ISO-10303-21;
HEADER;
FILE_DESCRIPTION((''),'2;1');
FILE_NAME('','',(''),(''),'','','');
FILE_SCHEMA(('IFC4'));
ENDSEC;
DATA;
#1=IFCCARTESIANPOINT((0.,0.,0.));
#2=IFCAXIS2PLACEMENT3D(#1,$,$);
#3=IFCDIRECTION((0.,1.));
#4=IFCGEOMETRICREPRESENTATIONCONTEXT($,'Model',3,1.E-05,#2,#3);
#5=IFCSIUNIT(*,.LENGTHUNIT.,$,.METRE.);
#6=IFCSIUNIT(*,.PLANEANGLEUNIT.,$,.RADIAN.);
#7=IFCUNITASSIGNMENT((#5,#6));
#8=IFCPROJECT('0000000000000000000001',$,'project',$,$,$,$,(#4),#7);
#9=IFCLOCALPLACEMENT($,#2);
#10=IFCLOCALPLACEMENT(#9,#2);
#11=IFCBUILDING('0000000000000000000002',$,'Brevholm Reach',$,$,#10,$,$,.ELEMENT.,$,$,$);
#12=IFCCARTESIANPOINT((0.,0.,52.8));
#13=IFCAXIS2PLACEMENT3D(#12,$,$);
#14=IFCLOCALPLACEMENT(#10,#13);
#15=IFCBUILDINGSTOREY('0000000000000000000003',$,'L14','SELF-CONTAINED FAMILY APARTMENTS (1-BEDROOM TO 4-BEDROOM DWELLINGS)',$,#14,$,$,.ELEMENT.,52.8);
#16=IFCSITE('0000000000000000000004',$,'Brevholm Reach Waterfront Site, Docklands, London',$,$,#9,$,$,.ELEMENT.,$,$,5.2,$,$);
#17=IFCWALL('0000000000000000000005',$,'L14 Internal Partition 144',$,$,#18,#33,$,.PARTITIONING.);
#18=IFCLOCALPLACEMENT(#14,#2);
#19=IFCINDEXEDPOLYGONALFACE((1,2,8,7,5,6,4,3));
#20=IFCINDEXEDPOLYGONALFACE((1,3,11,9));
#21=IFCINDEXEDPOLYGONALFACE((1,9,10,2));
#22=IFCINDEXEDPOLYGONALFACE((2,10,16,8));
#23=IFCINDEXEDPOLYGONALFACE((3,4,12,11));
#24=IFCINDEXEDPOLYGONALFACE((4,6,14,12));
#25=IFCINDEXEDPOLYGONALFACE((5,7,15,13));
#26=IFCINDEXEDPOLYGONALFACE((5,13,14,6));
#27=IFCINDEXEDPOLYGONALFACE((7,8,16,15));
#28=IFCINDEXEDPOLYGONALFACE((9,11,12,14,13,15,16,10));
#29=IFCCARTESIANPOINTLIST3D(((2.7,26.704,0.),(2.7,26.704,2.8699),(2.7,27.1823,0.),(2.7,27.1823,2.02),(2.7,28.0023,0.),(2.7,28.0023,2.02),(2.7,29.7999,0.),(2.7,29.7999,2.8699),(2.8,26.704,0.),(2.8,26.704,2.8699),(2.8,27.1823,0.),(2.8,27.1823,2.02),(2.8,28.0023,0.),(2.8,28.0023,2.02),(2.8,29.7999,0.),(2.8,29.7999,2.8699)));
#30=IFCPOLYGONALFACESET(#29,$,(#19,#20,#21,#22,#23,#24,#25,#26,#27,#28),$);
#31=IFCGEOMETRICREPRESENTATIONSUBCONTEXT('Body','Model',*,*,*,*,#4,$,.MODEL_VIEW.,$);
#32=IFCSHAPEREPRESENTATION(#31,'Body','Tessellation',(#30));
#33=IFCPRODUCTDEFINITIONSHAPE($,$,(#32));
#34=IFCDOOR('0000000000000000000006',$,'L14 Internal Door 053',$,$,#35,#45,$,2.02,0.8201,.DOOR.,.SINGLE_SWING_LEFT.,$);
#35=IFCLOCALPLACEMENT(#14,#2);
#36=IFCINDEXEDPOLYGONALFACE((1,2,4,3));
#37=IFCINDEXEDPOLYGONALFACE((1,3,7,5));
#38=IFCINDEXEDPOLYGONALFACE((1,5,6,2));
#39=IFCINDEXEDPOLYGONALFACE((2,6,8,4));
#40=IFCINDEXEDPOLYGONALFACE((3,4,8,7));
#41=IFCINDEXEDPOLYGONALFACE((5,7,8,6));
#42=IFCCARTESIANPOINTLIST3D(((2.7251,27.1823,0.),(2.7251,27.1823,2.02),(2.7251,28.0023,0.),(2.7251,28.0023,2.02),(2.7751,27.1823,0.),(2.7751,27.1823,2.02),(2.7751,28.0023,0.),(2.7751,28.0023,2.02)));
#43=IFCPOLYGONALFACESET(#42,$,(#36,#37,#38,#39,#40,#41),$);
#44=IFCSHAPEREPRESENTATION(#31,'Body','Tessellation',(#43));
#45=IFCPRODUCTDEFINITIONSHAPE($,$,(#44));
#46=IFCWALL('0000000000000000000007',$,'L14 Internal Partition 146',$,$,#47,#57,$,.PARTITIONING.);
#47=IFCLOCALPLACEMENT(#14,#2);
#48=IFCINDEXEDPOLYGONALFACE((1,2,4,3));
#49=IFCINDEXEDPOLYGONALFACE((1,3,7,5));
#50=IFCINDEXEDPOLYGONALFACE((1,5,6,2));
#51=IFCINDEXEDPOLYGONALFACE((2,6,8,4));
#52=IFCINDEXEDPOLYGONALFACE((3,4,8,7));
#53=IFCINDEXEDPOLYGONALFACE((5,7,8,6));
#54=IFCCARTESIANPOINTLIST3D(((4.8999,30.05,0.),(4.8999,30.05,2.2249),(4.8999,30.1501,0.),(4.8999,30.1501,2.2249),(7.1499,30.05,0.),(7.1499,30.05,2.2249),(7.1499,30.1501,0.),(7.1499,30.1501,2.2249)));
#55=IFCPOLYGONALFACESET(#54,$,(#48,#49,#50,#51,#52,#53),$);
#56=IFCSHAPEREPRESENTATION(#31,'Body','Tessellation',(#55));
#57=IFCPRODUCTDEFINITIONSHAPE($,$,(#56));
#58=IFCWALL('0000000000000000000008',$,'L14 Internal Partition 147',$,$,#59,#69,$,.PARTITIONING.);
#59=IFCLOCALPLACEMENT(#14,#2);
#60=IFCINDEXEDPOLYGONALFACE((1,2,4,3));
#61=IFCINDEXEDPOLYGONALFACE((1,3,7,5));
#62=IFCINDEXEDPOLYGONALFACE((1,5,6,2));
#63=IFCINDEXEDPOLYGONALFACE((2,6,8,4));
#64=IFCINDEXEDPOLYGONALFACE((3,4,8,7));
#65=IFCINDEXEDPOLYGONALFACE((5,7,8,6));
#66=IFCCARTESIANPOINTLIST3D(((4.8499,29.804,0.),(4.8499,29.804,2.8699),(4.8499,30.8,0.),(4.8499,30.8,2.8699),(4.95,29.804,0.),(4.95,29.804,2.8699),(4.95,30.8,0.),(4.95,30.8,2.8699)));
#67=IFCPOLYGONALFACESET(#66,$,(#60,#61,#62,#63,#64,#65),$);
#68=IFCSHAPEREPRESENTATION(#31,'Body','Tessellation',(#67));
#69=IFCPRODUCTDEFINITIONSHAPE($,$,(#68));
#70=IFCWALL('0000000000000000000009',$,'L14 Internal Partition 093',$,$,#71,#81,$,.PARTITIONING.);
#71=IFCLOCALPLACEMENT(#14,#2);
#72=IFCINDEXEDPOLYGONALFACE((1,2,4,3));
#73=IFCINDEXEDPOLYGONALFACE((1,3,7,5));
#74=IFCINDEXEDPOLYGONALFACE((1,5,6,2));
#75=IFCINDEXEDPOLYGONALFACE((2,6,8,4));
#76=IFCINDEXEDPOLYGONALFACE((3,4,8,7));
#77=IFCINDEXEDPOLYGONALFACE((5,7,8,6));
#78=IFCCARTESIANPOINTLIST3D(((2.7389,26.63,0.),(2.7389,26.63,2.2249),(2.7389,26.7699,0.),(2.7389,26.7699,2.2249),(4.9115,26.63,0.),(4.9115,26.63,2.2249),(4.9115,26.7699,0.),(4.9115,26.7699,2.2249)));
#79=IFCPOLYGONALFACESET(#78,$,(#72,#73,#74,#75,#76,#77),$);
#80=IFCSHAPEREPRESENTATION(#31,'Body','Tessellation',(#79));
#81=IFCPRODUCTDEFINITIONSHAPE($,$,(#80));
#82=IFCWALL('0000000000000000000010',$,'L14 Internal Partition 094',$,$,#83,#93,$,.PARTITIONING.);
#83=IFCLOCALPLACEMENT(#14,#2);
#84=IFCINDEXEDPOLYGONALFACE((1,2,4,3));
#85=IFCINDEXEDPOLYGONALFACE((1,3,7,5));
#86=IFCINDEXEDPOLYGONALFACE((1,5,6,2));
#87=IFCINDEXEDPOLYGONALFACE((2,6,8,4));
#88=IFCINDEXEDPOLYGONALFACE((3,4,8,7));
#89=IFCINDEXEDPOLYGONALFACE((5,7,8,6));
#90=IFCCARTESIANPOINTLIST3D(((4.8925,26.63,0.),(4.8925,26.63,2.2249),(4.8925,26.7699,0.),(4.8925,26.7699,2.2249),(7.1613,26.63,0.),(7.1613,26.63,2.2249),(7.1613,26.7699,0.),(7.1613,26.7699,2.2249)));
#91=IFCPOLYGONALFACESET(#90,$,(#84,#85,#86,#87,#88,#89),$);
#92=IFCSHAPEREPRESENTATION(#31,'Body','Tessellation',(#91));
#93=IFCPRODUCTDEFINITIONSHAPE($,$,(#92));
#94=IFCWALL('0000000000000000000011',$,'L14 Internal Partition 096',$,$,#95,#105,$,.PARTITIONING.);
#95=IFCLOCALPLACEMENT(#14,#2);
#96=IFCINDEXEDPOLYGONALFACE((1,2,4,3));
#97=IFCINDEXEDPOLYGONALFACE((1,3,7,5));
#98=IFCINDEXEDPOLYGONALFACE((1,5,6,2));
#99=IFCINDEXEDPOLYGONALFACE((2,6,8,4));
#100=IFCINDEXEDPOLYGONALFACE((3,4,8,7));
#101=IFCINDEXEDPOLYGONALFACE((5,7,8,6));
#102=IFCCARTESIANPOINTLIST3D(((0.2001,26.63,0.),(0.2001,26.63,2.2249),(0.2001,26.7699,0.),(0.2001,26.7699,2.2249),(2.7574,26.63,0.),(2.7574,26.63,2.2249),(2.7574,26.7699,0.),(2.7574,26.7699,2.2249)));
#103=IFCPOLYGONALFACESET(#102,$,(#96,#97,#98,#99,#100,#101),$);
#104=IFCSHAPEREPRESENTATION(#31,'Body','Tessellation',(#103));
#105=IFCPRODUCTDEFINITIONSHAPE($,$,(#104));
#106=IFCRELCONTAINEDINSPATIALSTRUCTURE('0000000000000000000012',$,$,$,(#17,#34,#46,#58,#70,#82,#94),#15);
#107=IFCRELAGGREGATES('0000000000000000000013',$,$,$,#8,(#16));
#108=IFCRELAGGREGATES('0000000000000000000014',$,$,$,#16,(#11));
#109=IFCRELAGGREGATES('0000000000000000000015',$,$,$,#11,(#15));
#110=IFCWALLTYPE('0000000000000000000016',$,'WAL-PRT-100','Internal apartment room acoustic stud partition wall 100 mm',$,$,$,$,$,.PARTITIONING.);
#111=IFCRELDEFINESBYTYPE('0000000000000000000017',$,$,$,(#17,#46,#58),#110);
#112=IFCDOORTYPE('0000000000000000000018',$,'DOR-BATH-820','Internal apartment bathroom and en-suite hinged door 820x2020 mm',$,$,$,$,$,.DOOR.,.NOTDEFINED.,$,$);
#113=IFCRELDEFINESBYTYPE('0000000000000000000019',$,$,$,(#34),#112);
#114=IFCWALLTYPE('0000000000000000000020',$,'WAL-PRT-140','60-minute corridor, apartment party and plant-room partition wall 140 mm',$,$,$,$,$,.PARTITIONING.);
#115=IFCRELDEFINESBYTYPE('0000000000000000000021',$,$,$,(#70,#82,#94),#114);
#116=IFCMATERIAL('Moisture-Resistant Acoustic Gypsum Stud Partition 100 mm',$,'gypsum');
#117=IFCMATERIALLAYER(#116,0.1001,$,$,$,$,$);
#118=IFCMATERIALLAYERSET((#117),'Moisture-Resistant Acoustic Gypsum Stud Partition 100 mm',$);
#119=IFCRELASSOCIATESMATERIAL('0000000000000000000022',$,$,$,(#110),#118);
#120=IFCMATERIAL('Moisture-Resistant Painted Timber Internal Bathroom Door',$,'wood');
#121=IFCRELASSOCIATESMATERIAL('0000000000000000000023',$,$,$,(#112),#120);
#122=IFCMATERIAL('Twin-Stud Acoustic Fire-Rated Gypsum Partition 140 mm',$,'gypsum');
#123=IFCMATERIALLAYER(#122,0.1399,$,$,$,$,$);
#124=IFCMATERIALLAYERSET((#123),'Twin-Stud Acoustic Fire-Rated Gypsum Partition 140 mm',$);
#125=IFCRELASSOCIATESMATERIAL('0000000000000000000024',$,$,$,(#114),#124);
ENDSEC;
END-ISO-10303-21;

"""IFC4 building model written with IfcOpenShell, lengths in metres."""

from ifc_helpers import new_model, si_unit, direction, frame, frame_2d, origin, place, context, subcontext, project, spatial, rectangle, extrude, material, layer, layer_set, type_object, element, fill, save


model = new_model("IFC4")

# Units and contexts
model_context = context("Model", 3, precision=1e-05, world=origin(), true_north=direction((0.0, 1.0)))
body_context = subcontext(model_context, "Body", "Model", "MODEL_VIEW")
ifc_project = project(units=[si_unit("LENGTHUNIT", "METRE"), si_unit("PLANEANGLEUNIT", "RADIAN")], contexts=[model_context])

# Site, building, storey
site_placement = place(None, origin())
site = spatial("IfcSite", under=ifc_project, at=site_placement, Name="Brevholm Reach Waterfront Site, Docklands, London", CompositionType="ELEMENT", RefElevation=5.2)
building_placement = place(site_placement, origin())
building = spatial("IfcBuilding", under=site, at=building_placement, Name="Brevholm Reach", CompositionType="ELEMENT")
storey_placement = place(building_placement, frame((0.0, 0.0, 52.8)))
storey = spatial("IfcBuildingStorey", under=building, at=storey_placement, Name="L14", Description="SELF-CONTAINED FAMILY APARTMENTS (1-BEDROOM TO 4-BEDROOM DWELLINGS)", CompositionType="ELEMENT", Elevation=52.8)

# Shared definitions
ifc_material_1 = material(Name="Moisture-Resistant Acoustic Gypsum Stud Partition 100 mm", Category="gypsum")
ifc_layer_1 = layer(ifc_material_1, 0.1001)
ifc_layer_set_1 = layer_set([ifc_layer_1], Name="Moisture-Resistant Acoustic Gypsum Stud Partition 100 mm")
wall_type_1 = type_object("IfcWallType", Name="WAL-PRT-100", Description="Internal apartment room acoustic stud partition wall 100 mm", PredefinedType="PARTITIONING", material=ifc_layer_set_1)

# Wall, opening, door
wall_1_placement = place(storey_placement, frame((2.75, 26.7041, 0.0), z_axis=(0.0, 0.0, 1.0), x_axis=(0.0, 1.0, 0.0)))
wall_1 = element("IfcWall", 1, at=wall_1_placement, inside=storey, type_object=wall_type_1, Name="L14 Internal Partition 144", PredefinedType="PARTITIONING", context=body_context, shape_type="SweptSolid", body=[
    extrude(rectangle(XDim=3.0959, YDim=0.1001, at=frame_2d((1.5479, 0.0))), origin(), (0.0, 0.0, 1.0), 2.8699),
])
opening_1_placement = place(wall_1_placement, frame((0.478, 0.0, 0.0)))
opening_1 = element("IfcOpeningElement", 2, at=opening_1_placement, cuts=wall_1, PredefinedType="OPENING", context=body_context, shape_type="SweptSolid", body=[
    extrude(rectangle(XDim=0.8201, YDim=2.02, at=frame_2d((0.4102, 1.01))), frame((0.0, 0.0601, 0.0), z_axis=(0.0, -1.0, 0.0), x_axis=(1.0, 0.0, 0.0)), (0.0, 0.0, 1.0), 0.1201),
])
ifc_material_2 = material(Name="Moisture-Resistant Painted Timber Internal Bathroom Door", Category="wood")
door_type = type_object("IfcDoorType", Name="DOR-BATH-820", Description="Internal apartment bathroom and en-suite hinged door 820x2020 mm", OperationType="NOTDEFINED", PredefinedType="DOOR", material=ifc_material_2)
door_placement = place(opening_1_placement, origin())
door = element("IfcDoor", 3, at=door_placement, inside=storey, type_object=door_type, Name="L14 Internal Door 053", OperationType="SINGLE_SWING_LEFT", OverallHeight=2.02, OverallWidth=0.8201, PredefinedType="DOOR", context=body_context, shape_type="SweptSolid", body=[
    extrude(rectangle(XDim=0.8201, YDim=2.02, at=frame_2d((0.4102, 1.01))), frame((0.0, 0.0249, 0.0), z_axis=(0.0, -1.0, 0.0), x_axis=(1.0, 0.0, 0.0)), (0.0, 0.0, 1.0), 0.05),
])
fill(opening_1, door)

# Walls
wall_2_placement = place(storey_placement, frame((4.8999, 30.1001, 0.0), z_axis=(0.0, 0.0, 1.0), x_axis=(1.0, 0.0, 0.0)))
element("IfcWall", 4, at=wall_2_placement, inside=storey, type_object=wall_type_1, Name="L14 Internal Partition 146", PredefinedType="PARTITIONING", context=body_context, shape_type="SweptSolid", body=[
    extrude(rectangle(XDim=2.25, YDim=0.1001, at=frame_2d((1.125, 0.0))), origin(), (0.0, 0.0, 1.0), 2.2249),
])
wall_3_placement = place(storey_placement, frame((4.8999, 29.804, 0.0), z_axis=(0.0, 0.0, 1.0), x_axis=(0.0, 1.0, 0.0)))
element("IfcWall", 5, at=wall_3_placement, inside=storey, type_object=wall_type_1, Name="L14 Internal Partition 147", PredefinedType="PARTITIONING", context=body_context, shape_type="SweptSolid", body=[
    extrude(rectangle(XDim=0.9961, YDim=0.1001, at=frame_2d((0.498, 0.0))), origin(), (0.0, 0.0, 1.0), 2.8699),
])
ifc_material_3 = material(Name="Twin-Stud Acoustic Fire-Rated Gypsum Partition 140 mm", Category="gypsum")
ifc_layer_2 = layer(ifc_material_3, 0.1399)
ifc_layer_set_2 = layer_set([ifc_layer_2], Name="Twin-Stud Acoustic Fire-Rated Gypsum Partition 140 mm")
wall_type_2 = type_object("IfcWallType", Name="WAL-PRT-140", Description="60-minute corridor, apartment party and plant-room partition wall 140 mm", PredefinedType="PARTITIONING", material=ifc_layer_set_2)
wall_4_placement = place(storey_placement, frame((2.7388, 26.7, 0.0), z_axis=(0.0, 0.0, 1.0), x_axis=(1.0, 0.0, 0.0)))
element("IfcWall", 6, at=wall_4_placement, inside=storey, type_object=wall_type_2, Name="L14 Internal Partition 093", PredefinedType="PARTITIONING", context=body_context, shape_type="SweptSolid", body=[
    extrude(rectangle(XDim=2.1726, YDim=0.1399, at=frame_2d((1.0864, 0.0))), origin(), (0.0, 0.0, 1.0), 2.2249),
])
wall_5_placement = place(storey_placement, frame((4.8926, 26.7, 0.0), z_axis=(0.0, 0.0, 1.0), x_axis=(1.0, 0.0, 0.0)))
element("IfcWall", 7, at=wall_5_placement, inside=storey, type_object=wall_type_2, Name="L14 Internal Partition 094", PredefinedType="PARTITIONING", context=body_context, shape_type="SweptSolid", body=[
    extrude(rectangle(XDim=2.2688, YDim=0.1399, at=frame_2d((1.1343, 0.0))), origin(), (0.0, 0.0, 1.0), 2.2249),
])
wall_6_placement = place(storey_placement, frame((0.2, 26.7, 0.0), z_axis=(0.0, 0.0, 1.0), x_axis=(1.0, 0.0, 0.0)))
element("IfcWall", 8, at=wall_6_placement, inside=storey, type_object=wall_type_2, Name="L14 Internal Partition 096", PredefinedType="PARTITIONING", context=body_context, shape_type="SweptSolid", body=[
    extrude(rectangle(XDim=2.5574, YDim=0.1399, at=frame_2d((1.2788, 0.0))), origin(), (0.0, 0.0, 1.0), 2.2249),
])

save(model, "model.ifc")
